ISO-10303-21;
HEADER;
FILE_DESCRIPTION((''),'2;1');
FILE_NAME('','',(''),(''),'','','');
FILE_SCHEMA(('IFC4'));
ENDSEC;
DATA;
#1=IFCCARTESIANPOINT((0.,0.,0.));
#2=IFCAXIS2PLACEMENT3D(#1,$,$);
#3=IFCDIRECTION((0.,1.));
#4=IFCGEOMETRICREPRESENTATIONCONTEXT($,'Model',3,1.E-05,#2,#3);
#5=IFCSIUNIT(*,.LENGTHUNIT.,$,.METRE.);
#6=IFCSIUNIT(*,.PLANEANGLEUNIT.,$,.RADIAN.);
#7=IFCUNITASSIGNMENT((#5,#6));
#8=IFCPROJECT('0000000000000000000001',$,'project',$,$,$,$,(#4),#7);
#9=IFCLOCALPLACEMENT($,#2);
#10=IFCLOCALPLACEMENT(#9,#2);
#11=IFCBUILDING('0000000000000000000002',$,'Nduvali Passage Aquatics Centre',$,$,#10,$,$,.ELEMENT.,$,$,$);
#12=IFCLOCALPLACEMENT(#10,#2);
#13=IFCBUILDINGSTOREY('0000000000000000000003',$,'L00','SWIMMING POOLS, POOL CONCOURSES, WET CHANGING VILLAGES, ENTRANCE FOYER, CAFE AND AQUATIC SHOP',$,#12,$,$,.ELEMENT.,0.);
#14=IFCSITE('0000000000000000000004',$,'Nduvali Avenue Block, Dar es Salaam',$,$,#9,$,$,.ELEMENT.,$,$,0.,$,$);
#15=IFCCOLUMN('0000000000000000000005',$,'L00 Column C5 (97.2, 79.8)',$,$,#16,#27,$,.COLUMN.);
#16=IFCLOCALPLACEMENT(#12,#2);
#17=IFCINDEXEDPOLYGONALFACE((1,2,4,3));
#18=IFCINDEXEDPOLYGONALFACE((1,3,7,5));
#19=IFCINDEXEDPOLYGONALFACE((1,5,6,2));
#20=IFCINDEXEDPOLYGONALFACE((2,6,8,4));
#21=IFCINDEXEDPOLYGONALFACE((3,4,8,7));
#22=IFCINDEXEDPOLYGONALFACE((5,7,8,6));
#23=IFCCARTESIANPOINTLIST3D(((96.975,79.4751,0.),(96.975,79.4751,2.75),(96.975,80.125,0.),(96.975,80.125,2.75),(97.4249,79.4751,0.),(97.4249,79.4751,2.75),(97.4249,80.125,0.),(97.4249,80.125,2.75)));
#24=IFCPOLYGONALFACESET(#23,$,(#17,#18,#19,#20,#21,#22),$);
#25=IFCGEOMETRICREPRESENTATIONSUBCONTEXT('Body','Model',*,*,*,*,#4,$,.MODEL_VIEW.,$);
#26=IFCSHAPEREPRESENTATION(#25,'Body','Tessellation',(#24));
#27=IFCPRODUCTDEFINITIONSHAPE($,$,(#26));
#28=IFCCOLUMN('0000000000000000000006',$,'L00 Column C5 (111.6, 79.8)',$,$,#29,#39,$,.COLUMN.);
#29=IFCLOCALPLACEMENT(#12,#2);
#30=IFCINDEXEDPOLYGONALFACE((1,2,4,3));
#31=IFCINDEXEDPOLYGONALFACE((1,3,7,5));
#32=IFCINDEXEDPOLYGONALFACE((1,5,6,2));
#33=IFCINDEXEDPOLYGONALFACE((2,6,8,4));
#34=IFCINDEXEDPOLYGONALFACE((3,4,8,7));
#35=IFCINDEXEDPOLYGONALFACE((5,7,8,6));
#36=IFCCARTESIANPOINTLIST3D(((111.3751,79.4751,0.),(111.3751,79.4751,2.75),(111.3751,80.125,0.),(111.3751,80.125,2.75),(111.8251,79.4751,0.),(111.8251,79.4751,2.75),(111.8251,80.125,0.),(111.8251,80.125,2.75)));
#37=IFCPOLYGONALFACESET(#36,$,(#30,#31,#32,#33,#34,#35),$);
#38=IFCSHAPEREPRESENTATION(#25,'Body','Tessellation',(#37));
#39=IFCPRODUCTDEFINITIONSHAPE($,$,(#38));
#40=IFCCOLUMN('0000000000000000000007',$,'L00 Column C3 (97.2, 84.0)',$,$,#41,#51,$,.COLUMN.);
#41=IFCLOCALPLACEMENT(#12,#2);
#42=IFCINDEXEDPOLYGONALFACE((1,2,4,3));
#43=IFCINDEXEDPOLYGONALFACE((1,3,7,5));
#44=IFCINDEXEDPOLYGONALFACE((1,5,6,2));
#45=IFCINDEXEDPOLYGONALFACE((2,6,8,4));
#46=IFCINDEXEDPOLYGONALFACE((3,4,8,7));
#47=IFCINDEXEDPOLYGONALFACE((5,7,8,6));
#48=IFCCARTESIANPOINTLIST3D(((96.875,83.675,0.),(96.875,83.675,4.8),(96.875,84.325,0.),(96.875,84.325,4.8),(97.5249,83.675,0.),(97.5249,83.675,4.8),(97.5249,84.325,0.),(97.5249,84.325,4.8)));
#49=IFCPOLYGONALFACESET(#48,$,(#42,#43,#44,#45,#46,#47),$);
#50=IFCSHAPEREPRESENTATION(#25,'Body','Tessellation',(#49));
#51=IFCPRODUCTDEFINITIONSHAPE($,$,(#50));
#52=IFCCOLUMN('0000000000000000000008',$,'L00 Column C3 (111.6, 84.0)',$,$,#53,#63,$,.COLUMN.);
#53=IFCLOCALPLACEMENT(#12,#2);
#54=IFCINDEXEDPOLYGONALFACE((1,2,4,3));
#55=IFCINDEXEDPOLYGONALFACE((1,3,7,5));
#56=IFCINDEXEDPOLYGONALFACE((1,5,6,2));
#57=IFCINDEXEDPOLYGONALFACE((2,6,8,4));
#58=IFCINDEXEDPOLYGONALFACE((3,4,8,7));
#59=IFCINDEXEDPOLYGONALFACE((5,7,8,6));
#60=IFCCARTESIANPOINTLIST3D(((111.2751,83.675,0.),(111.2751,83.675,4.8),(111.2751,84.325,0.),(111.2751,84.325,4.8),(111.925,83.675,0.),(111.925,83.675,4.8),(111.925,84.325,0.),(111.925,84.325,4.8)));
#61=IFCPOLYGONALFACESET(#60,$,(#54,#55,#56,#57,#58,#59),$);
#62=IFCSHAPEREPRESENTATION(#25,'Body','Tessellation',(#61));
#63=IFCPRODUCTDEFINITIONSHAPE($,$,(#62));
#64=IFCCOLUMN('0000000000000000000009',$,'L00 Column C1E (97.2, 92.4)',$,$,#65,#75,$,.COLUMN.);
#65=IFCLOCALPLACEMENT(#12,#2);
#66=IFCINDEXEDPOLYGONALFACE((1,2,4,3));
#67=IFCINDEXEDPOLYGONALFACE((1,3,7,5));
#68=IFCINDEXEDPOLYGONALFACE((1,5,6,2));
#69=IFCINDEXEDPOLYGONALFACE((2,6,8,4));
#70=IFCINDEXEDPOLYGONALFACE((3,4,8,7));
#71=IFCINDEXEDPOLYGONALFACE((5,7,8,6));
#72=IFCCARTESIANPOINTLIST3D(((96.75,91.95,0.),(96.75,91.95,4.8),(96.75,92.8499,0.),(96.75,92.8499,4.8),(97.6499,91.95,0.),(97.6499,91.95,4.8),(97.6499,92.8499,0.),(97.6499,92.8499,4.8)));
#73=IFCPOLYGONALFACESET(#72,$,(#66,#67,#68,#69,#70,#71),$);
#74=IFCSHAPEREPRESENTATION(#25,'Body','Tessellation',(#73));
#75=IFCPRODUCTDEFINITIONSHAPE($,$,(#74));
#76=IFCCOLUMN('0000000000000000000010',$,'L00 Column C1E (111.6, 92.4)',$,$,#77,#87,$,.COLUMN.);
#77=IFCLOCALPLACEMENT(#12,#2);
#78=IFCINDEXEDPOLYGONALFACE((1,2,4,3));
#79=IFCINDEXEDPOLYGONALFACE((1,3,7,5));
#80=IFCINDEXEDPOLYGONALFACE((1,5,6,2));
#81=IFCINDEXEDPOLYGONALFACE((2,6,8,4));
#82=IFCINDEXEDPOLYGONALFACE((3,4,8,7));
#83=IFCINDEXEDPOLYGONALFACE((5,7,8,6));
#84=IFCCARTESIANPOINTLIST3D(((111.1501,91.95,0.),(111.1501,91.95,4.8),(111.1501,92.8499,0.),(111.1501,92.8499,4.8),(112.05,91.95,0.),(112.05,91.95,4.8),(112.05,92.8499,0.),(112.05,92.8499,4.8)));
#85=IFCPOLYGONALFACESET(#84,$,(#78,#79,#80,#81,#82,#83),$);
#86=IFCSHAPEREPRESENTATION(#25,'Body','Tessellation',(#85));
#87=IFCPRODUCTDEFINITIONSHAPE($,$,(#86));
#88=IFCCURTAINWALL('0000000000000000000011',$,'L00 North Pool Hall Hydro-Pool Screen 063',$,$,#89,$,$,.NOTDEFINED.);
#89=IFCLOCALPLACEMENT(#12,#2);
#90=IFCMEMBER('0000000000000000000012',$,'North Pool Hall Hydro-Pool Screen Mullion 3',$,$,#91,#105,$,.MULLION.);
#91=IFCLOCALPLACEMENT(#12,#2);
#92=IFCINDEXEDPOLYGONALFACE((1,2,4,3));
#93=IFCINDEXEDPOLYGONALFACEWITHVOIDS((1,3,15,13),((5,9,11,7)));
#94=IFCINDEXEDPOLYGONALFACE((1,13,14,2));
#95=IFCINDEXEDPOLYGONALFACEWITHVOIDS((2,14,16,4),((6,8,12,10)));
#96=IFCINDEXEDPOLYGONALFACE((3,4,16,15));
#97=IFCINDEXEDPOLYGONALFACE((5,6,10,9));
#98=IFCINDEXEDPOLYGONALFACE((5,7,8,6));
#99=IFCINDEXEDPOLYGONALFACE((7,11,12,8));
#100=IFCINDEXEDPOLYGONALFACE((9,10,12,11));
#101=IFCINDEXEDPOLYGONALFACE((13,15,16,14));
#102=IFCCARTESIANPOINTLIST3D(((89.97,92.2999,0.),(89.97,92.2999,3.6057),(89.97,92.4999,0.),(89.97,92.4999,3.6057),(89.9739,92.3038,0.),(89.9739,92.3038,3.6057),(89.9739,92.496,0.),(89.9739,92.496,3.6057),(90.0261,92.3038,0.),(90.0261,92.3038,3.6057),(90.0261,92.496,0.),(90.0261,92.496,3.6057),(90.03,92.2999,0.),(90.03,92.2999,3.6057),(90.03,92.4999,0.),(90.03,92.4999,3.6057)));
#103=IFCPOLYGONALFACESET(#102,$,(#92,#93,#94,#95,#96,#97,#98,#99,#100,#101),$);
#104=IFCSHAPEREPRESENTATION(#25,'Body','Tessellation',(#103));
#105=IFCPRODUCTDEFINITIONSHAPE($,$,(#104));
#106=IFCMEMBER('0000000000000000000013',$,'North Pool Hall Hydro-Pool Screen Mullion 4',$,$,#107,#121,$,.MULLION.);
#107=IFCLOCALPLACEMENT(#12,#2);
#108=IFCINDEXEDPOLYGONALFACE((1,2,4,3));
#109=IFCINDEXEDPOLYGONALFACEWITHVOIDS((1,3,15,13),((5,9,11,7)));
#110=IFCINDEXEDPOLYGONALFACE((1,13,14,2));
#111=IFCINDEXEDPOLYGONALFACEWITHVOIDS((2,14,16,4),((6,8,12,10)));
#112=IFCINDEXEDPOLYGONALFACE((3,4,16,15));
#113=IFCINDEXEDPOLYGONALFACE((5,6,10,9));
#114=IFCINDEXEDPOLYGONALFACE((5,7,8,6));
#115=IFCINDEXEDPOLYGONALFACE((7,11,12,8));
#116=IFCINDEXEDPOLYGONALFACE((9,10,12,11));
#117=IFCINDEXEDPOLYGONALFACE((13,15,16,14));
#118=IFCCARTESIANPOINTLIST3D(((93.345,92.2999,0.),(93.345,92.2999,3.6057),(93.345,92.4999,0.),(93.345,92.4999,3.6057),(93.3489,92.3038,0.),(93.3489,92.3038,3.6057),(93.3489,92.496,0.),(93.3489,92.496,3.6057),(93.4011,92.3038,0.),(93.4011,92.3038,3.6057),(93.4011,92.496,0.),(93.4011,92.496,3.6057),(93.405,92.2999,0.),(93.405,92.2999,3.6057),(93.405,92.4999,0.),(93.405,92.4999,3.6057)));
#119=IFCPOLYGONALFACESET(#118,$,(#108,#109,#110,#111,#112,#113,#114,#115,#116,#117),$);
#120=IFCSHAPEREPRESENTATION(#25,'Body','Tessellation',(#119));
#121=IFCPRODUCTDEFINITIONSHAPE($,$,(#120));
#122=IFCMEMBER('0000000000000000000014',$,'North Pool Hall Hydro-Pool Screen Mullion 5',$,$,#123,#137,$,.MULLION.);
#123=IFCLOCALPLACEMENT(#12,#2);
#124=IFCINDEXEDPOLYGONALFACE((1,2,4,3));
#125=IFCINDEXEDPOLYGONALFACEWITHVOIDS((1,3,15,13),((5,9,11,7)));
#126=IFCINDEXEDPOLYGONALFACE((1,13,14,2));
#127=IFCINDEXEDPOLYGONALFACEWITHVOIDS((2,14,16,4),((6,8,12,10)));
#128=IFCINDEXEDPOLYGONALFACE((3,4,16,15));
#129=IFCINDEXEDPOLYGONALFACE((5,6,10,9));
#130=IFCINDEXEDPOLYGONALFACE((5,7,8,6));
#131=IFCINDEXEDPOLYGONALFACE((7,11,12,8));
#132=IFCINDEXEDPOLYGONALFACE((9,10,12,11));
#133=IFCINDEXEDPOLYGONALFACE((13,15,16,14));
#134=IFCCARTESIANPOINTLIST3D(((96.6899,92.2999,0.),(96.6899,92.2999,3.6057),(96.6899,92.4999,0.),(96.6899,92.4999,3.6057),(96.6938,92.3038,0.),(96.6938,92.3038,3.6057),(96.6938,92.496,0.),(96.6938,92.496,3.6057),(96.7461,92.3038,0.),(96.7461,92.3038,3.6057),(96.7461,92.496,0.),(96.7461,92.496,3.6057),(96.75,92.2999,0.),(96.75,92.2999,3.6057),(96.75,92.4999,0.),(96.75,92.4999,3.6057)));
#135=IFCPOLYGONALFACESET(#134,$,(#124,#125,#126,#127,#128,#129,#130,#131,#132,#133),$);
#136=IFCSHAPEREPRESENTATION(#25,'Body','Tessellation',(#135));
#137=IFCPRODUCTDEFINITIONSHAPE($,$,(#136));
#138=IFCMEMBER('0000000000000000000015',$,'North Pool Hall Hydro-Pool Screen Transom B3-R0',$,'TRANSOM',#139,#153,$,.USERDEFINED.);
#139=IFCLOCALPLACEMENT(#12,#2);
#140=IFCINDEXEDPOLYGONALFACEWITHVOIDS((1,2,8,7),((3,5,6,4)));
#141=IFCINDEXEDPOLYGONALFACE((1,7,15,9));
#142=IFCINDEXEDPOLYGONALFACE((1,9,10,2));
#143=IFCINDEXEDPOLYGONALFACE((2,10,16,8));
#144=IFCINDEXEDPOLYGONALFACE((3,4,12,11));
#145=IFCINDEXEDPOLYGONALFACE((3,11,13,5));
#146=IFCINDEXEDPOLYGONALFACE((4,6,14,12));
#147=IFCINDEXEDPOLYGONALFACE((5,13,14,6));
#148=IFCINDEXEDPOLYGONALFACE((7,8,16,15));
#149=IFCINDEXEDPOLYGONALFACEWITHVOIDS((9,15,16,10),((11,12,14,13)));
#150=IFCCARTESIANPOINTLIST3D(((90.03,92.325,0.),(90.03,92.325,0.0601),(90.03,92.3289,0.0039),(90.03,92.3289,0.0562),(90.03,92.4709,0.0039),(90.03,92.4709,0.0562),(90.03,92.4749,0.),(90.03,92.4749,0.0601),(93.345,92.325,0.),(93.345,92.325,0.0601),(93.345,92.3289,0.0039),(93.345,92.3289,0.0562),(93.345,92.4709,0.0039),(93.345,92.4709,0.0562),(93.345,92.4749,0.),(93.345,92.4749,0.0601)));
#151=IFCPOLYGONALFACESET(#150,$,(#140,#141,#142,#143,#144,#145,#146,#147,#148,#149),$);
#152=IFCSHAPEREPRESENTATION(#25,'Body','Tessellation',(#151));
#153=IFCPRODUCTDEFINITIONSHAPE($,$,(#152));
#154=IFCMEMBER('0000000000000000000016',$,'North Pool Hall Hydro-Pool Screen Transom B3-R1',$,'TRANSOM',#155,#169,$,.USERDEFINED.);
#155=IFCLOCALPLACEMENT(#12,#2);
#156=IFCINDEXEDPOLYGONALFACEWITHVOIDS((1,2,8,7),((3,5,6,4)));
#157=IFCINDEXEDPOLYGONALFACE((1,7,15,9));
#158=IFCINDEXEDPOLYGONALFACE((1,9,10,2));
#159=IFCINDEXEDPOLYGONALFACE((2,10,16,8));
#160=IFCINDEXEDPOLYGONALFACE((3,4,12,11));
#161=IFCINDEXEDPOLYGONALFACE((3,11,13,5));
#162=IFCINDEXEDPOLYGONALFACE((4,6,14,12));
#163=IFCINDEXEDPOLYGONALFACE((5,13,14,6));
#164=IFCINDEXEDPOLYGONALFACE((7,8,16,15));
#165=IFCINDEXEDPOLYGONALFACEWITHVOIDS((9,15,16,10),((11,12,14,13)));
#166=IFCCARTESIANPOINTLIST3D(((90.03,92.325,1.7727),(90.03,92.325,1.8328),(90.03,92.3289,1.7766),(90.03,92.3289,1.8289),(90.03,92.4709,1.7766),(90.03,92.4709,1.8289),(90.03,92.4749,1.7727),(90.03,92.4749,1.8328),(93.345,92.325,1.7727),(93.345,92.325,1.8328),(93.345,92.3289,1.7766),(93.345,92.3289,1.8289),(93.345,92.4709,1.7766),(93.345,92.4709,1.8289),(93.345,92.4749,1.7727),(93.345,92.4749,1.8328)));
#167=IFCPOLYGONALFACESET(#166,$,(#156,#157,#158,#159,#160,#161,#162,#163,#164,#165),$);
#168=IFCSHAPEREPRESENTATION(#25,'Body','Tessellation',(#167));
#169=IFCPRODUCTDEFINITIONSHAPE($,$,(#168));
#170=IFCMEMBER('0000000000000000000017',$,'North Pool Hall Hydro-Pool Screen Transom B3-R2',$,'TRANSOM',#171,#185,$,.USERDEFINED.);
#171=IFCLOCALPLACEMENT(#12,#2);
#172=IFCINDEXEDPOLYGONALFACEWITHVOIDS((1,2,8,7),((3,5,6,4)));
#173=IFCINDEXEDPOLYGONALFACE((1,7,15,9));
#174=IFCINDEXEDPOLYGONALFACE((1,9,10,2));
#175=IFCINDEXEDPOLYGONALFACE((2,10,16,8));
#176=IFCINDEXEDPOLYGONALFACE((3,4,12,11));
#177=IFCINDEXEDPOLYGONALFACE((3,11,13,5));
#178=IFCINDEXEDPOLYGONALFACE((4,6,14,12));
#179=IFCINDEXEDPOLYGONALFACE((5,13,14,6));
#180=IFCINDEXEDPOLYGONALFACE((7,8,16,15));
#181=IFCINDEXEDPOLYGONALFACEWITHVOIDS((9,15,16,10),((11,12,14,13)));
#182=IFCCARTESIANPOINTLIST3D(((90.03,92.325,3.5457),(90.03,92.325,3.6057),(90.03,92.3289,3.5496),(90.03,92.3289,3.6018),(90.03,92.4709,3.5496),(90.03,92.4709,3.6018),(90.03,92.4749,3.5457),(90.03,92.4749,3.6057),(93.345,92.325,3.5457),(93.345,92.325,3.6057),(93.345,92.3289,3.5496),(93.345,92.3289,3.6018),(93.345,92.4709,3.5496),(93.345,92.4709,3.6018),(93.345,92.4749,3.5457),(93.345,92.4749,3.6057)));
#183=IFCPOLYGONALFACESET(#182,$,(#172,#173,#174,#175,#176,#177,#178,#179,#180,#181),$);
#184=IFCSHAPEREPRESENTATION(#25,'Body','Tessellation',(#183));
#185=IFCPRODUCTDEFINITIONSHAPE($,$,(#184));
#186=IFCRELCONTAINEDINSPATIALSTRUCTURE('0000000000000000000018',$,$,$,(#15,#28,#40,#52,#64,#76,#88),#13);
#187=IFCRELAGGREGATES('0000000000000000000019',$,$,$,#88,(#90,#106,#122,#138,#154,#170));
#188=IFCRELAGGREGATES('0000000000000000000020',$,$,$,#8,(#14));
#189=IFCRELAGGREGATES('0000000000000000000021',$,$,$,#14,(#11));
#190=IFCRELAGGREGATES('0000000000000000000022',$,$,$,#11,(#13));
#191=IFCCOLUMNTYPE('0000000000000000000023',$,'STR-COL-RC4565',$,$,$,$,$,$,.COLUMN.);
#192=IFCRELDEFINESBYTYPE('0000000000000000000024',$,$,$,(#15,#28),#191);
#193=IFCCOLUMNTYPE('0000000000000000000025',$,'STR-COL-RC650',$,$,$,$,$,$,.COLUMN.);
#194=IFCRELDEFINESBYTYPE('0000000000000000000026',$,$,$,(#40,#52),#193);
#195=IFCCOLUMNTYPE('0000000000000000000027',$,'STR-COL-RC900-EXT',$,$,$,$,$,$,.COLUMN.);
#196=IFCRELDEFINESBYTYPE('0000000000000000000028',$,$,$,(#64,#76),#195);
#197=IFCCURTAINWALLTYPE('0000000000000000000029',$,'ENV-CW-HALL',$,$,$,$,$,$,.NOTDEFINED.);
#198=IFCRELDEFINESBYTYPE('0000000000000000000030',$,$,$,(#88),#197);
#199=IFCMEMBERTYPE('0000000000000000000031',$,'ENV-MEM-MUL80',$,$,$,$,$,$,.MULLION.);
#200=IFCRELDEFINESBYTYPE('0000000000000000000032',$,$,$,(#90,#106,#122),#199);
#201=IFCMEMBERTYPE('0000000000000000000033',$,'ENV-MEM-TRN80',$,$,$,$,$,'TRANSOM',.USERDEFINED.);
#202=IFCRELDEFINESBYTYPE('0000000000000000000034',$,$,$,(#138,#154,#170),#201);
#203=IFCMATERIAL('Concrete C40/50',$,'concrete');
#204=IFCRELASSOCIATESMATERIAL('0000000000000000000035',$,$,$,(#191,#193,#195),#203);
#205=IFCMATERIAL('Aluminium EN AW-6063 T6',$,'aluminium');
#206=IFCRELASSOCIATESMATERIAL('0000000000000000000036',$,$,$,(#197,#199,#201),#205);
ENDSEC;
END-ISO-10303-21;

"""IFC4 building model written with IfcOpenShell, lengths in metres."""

from ifc_helpers import new_model, si_unit, direction, frame, origin, origin_2d, place, context, subcontext, project, spatial, rectangle, hollow_rectangle, extrude, material, material_profile, profile_set, type_object, element, aggregate, save


model = new_model("IFC4")

# Units and contexts
model_context = context("Model", 3, precision=1e-05, world=origin(), true_north=direction((0.0, 1.0)))
body_context = subcontext(model_context, "Body", "Model", "MODEL_VIEW")
ifc_project = project(units=[si_unit("LENGTHUNIT", "METRE"), si_unit("PLANEANGLEUNIT", "RADIAN")], contexts=[model_context])

# Site, building, storey
site_placement = place(None, origin())
site = spatial("IfcSite", under=ifc_project, at=site_placement, Name="Nduvali Avenue Block, Dar es Salaam", CompositionType="ELEMENT", RefElevation=0.0)
building_placement = place(site_placement, origin())
building = spatial("IfcBuilding", under=site, at=building_placement, Name="Nduvali Passage Aquatics Centre", CompositionType="ELEMENT")
storey_placement = place(building_placement, origin())
storey = spatial("IfcBuildingStorey", under=building, at=storey_placement, Name="L00", Description="SWIMMING POOLS, POOL CONCOURSES, WET CHANGING VILLAGES, ENTRANCE FOYER, CAFE AND AQUATIC SHOP", CompositionType="ELEMENT", Elevation=0.0)

# Columns
ifc_material_1 = material(Name="Concrete C40/50", Category="concrete")
ifc_material_profile_1 = material_profile(ifc_material_1, rectangle(XDim=0.45, YDim=0.6499, at=origin_2d()), Name="RC 450x650")
ifc_profile_set_1 = profile_set([ifc_material_profile_1], Name="Concrete C40/50")
column_type_1 = type_object("IfcColumnType", Name="STR-COL-RC4565", PredefinedType="COLUMN", material=ifc_profile_set_1)
for number, where, z_axis, x_axis, name in (
    (1, (97.2, 79.8, 0.0), (0.0, 0.0, 1.0), (1.0, 0.0, 0.0), "L00 Column C5 (97.2, 79.8)"),
    (2, (111.6001, 79.8, 0.0), (0.0, 0.0, 1.0), (1.0, 0.0, 0.0), "L00 Column C5 (111.6, 79.8)"),
):
    element("IfcColumn", number, at=place(storey_placement, frame(where, z_axis=z_axis, x_axis=x_axis)), inside=storey, type_object=column_type_1, Name=name, PredefinedType="COLUMN", context=body_context, shape_type="SweptSolid", body=[
        extrude(rectangle(XDim=0.45, YDim=0.6499, at=origin_2d()), origin(), (0.0, 0.0, 1.0), 2.75),
    ])
ifc_material_profile_2 = material_profile(ifc_material_1, rectangle(XDim=0.6499, YDim=0.6499, at=origin_2d()), Name="RC 650x650")
ifc_profile_set_2 = profile_set([ifc_material_profile_2], Name="Concrete C40/50")
column_type_2 = type_object("IfcColumnType", Name="STR-COL-RC650", PredefinedType="COLUMN", material=ifc_profile_set_2)
for number, where, z_axis, x_axis, name in (
    (3, (97.2, 84.0, 0.0), (0.0, 0.0, 1.0), (1.0, 0.0, 0.0), "L00 Column C3 (97.2, 84.0)"),
    (4, (111.6001, 84.0, 0.0), (0.0, 0.0, 1.0), (1.0, 0.0, 0.0), "L00 Column C3 (111.6, 84.0)"),
):
    element("IfcColumn", number, at=place(storey_placement, frame(where, z_axis=z_axis, x_axis=x_axis)), inside=storey, type_object=column_type_2, Name=name, PredefinedType="COLUMN", context=body_context, shape_type="SweptSolid", body=[
        extrude(rectangle(XDim=0.6499, YDim=0.6499, at=origin_2d()), origin(), (0.0, 0.0, 1.0), 4.8),
    ])
ifc_material_profile_3 = material_profile(ifc_material_1, rectangle(XDim=0.8999, YDim=0.8999, at=origin_2d()), Name="RC 900x900")
ifc_profile_set_3 = profile_set([ifc_material_profile_3], Name="Concrete C40/50")
column_type_3 = type_object("IfcColumnType", Name="STR-COL-RC900-EXT", PredefinedType="COLUMN", material=ifc_profile_set_3)
for number, where, z_axis, x_axis, name in (
    (5, (97.2, 92.3999, 0.0), (0.0, 0.0, 1.0), (1.0, 0.0, 0.0), "L00 Column C1E (97.2, 92.4)"),
    (6, (111.6001, 92.3999, 0.0), (0.0, 0.0, 1.0), (1.0, 0.0, 0.0), "L00 Column C1E (111.6, 92.4)"),
):
    element("IfcColumn", number, at=place(storey_placement, frame(where, z_axis=z_axis, x_axis=x_axis)), inside=storey, type_object=column_type_3, Name=name, PredefinedType="COLUMN", context=body_context, shape_type="SweptSolid", body=[
        extrude(rectangle(XDim=0.8999, YDim=0.8999, at=origin_2d()), origin(), (0.0, 0.0, 1.0), 4.8),
    ])

# Curtain wall, members
ifc_material_2 = material(Name="Aluminium EN AW-6063 T6", Category="aluminium")
curtain_wall_type = type_object("IfcCurtainWallType", Name="ENV-CW-HALL", PredefinedType="NOTDEFINED", material=ifc_material_2)
curtain_wall_placement = place(storey_placement, origin())
curtain_wall = element("IfcCurtainWall", 7, at=curtain_wall_placement, inside=storey, type_object=curtain_wall_type, Name="L00 North Pool Hall Hydro-Pool Screen 063", PredefinedType="NOTDEFINED")
ifc_material_profile_4 = material_profile(ifc_material_2, hollow_rectangle(XDim=0.0601, YDim=0.2, WallThickness=0.0039, at=origin_2d()), Name="ALU MULLION 60x200x4")
ifc_profile_set_4 = profile_set([ifc_material_profile_4], Name="Aluminium EN AW-6063 T6")
member_type_1 = type_object("IfcMemberType", Name="ENV-MEM-MUL80", PredefinedType="MULLION", material=ifc_profile_set_4)
member_1_placement = place(storey_placement, frame((90.0, 92.3999, 0.0), z_axis=(0.0, 0.0, 1.0), x_axis=(1.0, 0.0, 0.0)))
member_1 = element("IfcMember", 8, at=member_1_placement, type_object=member_type_1, Name="North Pool Hall Hydro-Pool Screen Mullion 3", PredefinedType="MULLION", context=body_context, shape_type="SweptSolid", body=[
    extrude(hollow_rectangle(XDim=0.0601, YDim=0.2, WallThickness=0.0039, at=origin_2d()), origin(), (0.0, 0.0, 1.0), 3.6057),
])
member_2_placement = place(storey_placement, frame((93.375, 92.3999, 0.0), z_axis=(0.0, 0.0, 1.0), x_axis=(1.0, 0.0, 0.0)))
member_2 = element("IfcMember", 9, at=member_2_placement, type_object=member_type_1, Name="North Pool Hall Hydro-Pool Screen Mullion 4", PredefinedType="MULLION", context=body_context, shape_type="SweptSolid", body=[
    extrude(hollow_rectangle(XDim=0.0601, YDim=0.2, WallThickness=0.0039, at=origin_2d()), origin(), (0.0, 0.0, 1.0), 3.6057),
])
member_3_placement = place(storey_placement, frame((96.72, 92.3999, 0.0), z_axis=(0.0, 0.0, 1.0), x_axis=(1.0, 0.0, 0.0)))
member_3 = element("IfcMember", 10, at=member_3_placement, type_object=member_type_1, Name="North Pool Hall Hydro-Pool Screen Mullion 5", PredefinedType="MULLION", context=body_context, shape_type="SweptSolid", body=[
    extrude(hollow_rectangle(XDim=0.0601, YDim=0.2, WallThickness=0.0039, at=origin_2d()), origin(), (0.0, 0.0, 1.0), 3.6057),
])
ifc_material_profile_5 = material_profile(ifc_material_2, hollow_rectangle(XDim=0.1499, YDim=0.0601, WallThickness=0.0039, at=origin_2d()), Name="ALU TRANSOM 150x60x4")
ifc_profile_set_5 = profile_set([ifc_material_profile_5], Name="Aluminium EN AW-6063 T6")
member_type_2 = type_object("IfcMemberType", Name="ENV-MEM-TRN80", ElementType="TRANSOM", PredefinedType="USERDEFINED", material=ifc_profile_set_5)
member_4_placement = place(storey_placement, frame((90.03, 92.3999, 0.03), z_axis=(1.0, 0.0, 0.0), x_axis=(0.0, 1.0, 0.0)))
member_4 = element("IfcMember", 11, at=member_4_placement, type_object=member_type_2, Name="North Pool Hall Hydro-Pool Screen Transom B3-R0", ObjectType="TRANSOM", PredefinedType="USERDEFINED", context=body_context, shape_type="SweptSolid", body=[
    extrude(hollow_rectangle(XDim=0.1499, YDim=0.0601, WallThickness=0.0039, at=origin_2d()), origin(), (0.0, 0.0, 1.0), 3.3149),
])
member_5_placement = place(storey_placement, frame((90.03, 92.3999, 1.8027), z_axis=(1.0, 0.0, 0.0), x_axis=(0.0, 1.0, 0.0)))
member_5 = element("IfcMember", 12, at=member_5_placement, type_object=member_type_2, Name="North Pool Hall Hydro-Pool Screen Transom B3-R1", ObjectType="TRANSOM", PredefinedType="USERDEFINED", context=body_context, shape_type="SweptSolid", body=[
    extrude(hollow_rectangle(XDim=0.1499, YDim=0.0601, WallThickness=0.0039, at=origin_2d()), origin(), (0.0, 0.0, 1.0), 3.3149),
])
member_6_placement = place(storey_placement, frame((90.03, 92.3999, 3.5757), z_axis=(1.0, 0.0, 0.0), x_axis=(0.0, 1.0, 0.0)))
member_6 = element("IfcMember", 13, at=member_6_placement, type_object=member_type_2, Name="North Pool Hall Hydro-Pool Screen Transom B3-R2", ObjectType="TRANSOM", PredefinedType="USERDEFINED", context=body_context, shape_type="SweptSolid", body=[
    extrude(hollow_rectangle(XDim=0.1499, YDim=0.0601, WallThickness=0.0039, at=origin_2d()), origin(), (0.0, 0.0, 1.0), 3.3149),
])

aggregate(curtain_wall, [member_1, member_2, member_3, member_4, member_5, member_6])

save(model, "model.ifc")
